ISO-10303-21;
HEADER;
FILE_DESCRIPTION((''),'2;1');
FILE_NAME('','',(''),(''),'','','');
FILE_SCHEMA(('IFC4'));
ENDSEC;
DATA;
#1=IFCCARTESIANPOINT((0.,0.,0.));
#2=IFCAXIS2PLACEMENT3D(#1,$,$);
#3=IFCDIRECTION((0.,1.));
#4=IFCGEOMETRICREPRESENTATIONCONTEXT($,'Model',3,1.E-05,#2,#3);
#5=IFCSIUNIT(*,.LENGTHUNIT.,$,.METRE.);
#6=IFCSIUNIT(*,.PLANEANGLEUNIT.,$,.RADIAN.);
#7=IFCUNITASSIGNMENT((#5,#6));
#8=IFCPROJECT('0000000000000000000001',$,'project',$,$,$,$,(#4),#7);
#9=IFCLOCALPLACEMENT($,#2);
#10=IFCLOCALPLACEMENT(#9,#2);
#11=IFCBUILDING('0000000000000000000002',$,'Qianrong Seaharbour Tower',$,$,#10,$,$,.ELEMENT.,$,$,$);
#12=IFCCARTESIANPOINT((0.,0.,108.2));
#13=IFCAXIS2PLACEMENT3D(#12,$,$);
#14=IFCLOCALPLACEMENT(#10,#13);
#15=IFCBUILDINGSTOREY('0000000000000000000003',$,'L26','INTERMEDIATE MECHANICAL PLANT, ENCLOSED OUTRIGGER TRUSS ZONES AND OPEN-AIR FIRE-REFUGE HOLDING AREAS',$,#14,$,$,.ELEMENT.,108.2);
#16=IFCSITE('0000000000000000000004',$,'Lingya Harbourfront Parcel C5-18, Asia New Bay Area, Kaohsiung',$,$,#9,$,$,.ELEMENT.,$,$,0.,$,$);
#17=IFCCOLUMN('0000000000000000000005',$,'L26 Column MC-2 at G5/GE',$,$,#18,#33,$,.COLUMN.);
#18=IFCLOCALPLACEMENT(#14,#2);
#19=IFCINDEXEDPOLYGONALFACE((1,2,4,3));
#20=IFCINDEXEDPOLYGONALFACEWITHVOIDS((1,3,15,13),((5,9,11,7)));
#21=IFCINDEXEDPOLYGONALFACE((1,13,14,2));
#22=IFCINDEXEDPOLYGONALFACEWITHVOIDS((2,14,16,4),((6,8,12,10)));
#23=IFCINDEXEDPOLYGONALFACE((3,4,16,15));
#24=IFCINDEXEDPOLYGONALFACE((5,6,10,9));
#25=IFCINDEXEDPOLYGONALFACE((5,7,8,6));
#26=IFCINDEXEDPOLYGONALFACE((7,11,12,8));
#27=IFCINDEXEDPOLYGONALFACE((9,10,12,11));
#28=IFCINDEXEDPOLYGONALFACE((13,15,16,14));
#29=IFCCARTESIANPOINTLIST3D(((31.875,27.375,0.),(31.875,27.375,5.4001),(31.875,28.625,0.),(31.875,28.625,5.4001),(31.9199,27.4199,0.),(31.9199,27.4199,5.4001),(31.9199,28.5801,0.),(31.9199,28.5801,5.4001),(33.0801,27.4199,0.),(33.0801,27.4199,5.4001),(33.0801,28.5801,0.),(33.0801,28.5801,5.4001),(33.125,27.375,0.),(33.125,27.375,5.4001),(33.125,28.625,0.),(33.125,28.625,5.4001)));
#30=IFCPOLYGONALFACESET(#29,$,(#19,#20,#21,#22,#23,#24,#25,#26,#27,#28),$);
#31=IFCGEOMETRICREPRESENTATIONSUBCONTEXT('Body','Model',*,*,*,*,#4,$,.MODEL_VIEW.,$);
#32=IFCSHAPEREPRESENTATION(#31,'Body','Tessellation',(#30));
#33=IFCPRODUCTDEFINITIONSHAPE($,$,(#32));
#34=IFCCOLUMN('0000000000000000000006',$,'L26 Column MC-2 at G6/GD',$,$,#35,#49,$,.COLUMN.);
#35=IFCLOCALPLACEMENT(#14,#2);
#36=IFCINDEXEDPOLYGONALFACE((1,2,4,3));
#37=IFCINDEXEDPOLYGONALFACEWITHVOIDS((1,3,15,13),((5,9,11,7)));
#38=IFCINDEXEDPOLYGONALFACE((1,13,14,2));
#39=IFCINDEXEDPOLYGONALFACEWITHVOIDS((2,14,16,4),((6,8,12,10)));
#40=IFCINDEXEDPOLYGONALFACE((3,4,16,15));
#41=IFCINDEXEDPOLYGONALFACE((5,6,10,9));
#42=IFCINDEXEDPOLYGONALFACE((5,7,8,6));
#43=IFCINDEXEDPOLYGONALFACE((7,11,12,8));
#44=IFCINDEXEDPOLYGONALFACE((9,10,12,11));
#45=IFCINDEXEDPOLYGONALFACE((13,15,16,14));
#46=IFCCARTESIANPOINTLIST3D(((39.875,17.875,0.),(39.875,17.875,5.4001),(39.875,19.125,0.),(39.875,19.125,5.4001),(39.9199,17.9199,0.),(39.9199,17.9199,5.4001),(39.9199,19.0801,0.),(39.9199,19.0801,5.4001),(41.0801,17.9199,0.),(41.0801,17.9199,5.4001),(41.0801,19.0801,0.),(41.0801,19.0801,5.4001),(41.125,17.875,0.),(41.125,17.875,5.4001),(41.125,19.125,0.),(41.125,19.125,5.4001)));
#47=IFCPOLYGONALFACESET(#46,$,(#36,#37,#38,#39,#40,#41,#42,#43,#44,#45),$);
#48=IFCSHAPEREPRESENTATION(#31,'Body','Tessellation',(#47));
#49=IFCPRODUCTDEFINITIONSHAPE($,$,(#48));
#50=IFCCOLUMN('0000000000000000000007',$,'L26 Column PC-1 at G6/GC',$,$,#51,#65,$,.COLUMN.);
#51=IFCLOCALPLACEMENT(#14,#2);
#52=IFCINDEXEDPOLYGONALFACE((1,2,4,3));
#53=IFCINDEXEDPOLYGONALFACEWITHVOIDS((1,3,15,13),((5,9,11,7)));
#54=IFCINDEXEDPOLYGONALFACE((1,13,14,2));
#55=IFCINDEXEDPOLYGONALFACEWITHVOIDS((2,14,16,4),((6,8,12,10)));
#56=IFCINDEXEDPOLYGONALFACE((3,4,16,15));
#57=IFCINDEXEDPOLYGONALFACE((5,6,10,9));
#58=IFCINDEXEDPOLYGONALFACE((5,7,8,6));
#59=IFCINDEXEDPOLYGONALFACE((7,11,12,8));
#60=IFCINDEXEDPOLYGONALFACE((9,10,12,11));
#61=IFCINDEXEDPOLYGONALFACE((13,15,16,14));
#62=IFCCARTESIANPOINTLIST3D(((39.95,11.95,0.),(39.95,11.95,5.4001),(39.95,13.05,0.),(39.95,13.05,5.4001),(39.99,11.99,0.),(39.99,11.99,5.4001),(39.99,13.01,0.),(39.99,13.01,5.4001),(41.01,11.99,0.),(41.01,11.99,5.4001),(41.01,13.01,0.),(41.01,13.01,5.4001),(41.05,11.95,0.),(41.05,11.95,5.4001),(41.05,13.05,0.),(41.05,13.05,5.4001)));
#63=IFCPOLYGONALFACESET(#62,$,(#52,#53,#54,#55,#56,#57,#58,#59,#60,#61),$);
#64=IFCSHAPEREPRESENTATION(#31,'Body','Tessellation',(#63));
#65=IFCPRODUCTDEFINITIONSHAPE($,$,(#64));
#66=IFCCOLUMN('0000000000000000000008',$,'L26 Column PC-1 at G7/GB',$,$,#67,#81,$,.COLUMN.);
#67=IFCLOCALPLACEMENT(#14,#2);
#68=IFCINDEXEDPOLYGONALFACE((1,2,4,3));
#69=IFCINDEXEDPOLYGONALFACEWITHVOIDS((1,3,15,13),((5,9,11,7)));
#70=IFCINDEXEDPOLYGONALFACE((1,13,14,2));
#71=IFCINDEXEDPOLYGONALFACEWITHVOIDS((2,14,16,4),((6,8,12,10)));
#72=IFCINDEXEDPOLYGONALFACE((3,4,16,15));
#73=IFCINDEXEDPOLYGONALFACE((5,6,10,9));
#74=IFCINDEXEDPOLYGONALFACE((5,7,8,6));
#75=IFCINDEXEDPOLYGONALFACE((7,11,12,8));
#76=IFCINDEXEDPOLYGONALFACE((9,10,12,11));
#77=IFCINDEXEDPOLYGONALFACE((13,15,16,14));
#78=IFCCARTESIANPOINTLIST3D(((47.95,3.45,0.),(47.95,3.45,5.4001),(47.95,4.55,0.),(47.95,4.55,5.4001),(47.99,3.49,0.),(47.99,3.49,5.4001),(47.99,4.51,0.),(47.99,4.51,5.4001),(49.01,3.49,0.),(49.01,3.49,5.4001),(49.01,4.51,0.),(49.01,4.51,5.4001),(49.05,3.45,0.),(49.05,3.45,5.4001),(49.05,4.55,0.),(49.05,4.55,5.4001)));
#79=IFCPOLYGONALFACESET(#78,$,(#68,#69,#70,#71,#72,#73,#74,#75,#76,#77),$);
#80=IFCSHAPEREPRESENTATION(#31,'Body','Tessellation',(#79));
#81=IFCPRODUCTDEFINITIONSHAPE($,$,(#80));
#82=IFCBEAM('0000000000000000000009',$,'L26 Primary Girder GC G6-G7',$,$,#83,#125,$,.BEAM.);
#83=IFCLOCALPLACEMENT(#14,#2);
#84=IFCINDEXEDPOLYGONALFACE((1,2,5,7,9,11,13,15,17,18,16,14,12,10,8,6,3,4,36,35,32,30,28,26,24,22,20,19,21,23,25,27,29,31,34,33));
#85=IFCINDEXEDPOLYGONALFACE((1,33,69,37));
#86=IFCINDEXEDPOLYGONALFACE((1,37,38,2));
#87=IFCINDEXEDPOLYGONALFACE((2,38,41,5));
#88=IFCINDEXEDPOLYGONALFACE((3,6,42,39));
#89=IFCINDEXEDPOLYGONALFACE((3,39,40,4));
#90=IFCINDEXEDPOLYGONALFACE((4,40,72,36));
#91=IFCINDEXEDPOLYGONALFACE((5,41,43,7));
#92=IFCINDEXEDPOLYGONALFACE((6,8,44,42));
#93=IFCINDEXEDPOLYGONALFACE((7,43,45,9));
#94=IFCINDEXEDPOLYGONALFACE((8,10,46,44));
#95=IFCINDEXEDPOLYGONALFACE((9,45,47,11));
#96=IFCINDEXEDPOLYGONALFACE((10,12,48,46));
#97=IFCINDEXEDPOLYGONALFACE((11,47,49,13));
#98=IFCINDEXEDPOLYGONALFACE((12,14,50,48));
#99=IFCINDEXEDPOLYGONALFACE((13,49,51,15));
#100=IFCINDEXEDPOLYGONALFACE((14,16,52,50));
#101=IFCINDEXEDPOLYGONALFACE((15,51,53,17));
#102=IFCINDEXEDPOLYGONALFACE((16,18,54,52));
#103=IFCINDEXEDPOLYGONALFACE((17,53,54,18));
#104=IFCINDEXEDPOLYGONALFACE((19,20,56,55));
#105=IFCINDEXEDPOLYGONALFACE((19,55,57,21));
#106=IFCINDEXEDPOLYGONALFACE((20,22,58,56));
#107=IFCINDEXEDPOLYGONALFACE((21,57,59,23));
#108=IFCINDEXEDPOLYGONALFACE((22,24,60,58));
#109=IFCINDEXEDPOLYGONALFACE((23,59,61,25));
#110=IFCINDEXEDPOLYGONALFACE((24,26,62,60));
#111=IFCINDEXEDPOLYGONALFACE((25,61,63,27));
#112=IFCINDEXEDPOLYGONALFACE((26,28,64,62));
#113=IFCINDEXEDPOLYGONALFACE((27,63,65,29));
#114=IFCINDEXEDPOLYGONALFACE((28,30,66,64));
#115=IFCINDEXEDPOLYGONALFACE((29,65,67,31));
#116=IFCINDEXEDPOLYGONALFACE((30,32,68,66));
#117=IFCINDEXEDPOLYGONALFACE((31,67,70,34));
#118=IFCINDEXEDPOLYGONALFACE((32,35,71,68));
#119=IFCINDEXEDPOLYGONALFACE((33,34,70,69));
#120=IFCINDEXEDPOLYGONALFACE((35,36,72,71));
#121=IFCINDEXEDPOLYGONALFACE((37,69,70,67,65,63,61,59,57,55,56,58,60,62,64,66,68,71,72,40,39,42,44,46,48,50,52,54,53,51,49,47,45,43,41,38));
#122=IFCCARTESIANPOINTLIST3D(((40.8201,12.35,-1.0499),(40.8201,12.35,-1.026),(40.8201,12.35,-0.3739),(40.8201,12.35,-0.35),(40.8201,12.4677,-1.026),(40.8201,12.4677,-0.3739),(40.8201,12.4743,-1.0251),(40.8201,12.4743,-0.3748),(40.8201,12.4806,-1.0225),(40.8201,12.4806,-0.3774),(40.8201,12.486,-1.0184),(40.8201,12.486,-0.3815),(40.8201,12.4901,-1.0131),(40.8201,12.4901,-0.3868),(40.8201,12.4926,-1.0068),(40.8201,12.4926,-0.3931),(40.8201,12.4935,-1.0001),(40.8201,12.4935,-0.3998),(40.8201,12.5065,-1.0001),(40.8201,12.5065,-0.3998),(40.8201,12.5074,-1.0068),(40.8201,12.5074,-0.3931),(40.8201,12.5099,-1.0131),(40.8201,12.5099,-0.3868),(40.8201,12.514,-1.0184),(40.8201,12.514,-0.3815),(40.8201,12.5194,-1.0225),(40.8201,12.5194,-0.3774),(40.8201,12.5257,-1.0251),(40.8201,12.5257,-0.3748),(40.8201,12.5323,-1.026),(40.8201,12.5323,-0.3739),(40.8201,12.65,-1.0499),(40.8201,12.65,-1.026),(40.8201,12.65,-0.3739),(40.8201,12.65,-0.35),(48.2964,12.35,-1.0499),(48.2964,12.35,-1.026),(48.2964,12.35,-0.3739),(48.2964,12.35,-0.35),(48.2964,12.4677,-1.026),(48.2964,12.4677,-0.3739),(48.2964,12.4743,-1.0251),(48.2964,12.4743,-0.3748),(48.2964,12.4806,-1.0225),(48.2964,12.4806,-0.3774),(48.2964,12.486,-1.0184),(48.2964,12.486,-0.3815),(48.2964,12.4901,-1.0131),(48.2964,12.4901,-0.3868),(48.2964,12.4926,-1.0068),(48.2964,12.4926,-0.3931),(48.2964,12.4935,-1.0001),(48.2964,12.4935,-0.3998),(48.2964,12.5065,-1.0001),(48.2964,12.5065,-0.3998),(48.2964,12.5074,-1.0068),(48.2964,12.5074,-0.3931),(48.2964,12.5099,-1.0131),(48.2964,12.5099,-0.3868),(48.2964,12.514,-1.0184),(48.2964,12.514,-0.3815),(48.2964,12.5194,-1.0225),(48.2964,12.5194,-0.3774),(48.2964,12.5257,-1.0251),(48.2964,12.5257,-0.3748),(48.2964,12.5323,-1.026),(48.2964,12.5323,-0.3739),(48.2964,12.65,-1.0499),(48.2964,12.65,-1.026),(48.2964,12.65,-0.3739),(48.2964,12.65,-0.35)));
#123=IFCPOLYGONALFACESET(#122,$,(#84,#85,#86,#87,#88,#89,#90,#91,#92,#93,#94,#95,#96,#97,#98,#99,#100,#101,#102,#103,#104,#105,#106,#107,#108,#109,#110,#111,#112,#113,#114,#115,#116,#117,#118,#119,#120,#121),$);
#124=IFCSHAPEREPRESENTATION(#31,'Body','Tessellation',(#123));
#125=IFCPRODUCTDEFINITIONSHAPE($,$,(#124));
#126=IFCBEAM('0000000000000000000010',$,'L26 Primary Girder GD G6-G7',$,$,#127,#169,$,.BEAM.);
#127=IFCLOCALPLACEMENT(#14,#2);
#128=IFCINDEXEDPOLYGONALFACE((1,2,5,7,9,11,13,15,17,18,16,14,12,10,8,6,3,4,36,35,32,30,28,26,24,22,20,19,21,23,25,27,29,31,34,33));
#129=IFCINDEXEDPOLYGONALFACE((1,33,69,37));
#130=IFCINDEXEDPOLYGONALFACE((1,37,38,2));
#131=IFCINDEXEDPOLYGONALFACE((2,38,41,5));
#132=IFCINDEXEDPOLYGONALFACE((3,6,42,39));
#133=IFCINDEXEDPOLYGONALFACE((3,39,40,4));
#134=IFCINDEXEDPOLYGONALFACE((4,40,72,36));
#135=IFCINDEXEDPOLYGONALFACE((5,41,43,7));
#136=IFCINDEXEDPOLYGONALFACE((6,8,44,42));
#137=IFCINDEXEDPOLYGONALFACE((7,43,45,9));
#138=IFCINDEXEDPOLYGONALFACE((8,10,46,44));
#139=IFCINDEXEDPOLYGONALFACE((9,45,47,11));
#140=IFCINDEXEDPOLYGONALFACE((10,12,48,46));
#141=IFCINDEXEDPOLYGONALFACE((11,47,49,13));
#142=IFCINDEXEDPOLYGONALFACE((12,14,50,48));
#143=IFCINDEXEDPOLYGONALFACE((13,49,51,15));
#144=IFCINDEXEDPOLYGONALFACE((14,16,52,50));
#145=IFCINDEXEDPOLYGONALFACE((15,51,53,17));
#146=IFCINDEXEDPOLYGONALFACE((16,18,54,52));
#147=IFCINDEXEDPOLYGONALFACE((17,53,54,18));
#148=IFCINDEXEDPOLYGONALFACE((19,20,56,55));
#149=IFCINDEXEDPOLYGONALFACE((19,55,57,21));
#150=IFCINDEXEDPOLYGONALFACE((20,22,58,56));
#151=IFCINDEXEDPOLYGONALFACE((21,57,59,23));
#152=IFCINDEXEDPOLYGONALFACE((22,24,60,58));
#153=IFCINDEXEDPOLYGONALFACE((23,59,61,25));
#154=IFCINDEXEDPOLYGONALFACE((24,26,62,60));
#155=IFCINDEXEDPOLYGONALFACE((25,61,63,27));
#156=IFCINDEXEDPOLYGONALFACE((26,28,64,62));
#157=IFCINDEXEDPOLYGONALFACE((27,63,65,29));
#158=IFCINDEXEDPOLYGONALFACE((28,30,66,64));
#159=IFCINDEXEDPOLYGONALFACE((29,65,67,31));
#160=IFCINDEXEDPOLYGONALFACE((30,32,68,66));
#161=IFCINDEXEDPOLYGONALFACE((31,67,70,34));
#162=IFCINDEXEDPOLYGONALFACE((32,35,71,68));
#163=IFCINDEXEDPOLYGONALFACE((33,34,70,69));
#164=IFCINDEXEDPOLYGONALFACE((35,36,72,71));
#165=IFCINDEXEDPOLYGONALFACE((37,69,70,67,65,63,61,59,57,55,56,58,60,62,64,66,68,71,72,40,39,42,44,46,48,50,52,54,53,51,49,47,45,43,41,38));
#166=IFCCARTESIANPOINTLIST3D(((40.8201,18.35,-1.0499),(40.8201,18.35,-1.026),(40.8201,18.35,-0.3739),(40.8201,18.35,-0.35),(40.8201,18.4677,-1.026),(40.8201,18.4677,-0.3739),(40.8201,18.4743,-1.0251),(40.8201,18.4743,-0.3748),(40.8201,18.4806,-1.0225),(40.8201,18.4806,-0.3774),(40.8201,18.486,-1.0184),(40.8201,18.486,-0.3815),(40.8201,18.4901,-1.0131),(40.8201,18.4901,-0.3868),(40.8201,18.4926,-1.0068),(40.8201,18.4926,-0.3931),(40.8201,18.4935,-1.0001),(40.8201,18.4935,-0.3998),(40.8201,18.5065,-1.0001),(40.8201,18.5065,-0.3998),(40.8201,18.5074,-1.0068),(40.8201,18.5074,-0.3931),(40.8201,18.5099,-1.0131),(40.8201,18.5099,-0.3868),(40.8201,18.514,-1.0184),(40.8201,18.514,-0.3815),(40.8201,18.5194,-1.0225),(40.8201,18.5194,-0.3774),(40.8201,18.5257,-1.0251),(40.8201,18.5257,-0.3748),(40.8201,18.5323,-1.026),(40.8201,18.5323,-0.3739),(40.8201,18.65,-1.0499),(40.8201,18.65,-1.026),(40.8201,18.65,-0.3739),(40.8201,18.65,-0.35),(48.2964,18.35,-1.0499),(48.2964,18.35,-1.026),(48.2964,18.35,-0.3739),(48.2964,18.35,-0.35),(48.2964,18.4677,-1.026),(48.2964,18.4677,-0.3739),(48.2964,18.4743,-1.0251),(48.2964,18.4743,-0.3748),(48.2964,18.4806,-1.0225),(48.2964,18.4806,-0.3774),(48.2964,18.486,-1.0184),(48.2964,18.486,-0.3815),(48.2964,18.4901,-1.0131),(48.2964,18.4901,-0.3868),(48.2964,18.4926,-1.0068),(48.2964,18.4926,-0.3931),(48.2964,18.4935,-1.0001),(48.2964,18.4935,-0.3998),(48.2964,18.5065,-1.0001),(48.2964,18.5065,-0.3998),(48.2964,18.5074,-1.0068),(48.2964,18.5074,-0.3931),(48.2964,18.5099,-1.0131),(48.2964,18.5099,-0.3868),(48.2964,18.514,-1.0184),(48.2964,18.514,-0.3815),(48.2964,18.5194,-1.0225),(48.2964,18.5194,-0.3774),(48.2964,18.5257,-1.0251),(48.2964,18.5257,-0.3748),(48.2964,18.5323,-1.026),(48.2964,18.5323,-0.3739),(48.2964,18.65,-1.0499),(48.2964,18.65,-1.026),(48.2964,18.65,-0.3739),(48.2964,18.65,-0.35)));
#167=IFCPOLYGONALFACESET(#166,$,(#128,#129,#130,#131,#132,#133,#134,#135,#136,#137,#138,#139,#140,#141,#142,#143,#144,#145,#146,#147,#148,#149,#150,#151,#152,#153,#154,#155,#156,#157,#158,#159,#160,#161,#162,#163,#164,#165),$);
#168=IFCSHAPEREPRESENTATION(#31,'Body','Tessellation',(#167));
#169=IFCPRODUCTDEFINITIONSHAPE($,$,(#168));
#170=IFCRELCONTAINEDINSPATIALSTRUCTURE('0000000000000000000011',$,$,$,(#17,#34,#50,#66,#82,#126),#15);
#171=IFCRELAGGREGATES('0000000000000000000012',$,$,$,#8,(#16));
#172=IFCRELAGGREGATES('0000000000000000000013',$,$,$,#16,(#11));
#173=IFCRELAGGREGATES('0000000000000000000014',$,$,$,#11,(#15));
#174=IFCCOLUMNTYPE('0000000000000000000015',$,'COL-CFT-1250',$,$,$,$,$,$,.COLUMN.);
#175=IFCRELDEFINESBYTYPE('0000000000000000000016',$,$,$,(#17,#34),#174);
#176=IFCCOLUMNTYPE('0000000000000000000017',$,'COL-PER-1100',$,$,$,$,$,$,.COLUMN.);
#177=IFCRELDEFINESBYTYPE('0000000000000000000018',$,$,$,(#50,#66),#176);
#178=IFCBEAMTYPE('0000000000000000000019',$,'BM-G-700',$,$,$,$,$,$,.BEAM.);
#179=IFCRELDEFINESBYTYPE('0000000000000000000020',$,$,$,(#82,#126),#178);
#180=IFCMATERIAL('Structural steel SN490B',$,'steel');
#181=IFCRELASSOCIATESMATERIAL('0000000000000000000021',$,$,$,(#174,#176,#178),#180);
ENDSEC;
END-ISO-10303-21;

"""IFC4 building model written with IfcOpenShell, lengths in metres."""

from ifc_helpers import new_model, si_unit, direction, frame, origin, origin_2d, place, context, subcontext, project, spatial, hollow_rectangle, i_section, extrude, material, material_profile, profile_set, type_object, element, save


model = new_model("IFC4")

# Units and contexts
model_context = context("Model", 3, precision=1e-05, world=origin(), true_north=direction((0.0, 1.0)))
body_context = subcontext(model_context, "Body", "Model", "MODEL_VIEW")
ifc_project = project(units=[si_unit("LENGTHUNIT", "METRE"), si_unit("PLANEANGLEUNIT", "RADIAN")], contexts=[model_context])

# Site, building, storey
site_placement = place(None, origin())
site = spatial("IfcSite", under=ifc_project, at=site_placement, Name="Lingya Harbourfront Parcel C5-18, Asia New Bay Area, Kaohsiung", CompositionType="ELEMENT", RefElevation=0.0)
building_placement = place(site_placement, origin())
building = spatial("IfcBuilding", under=site, at=building_placement, Name="Qianrong Seaharbour Tower", CompositionType="ELEMENT")
storey_placement = place(building_placement, frame((0.0, 0.0, 108.2)))
storey = spatial("IfcBuildingStorey", under=building, at=storey_placement, Name="L26", Description="INTERMEDIATE MECHANICAL PLANT, ENCLOSED OUTRIGGER TRUSS ZONES AND OPEN-AIR FIRE-REFUGE HOLDING AREAS", CompositionType="ELEMENT", Elevation=108.2)

# Columns
ifc_material_1 = material(Name="Structural steel SN490B", Category="steel")
ifc_material_profile_1 = material_profile(ifc_material_1, hollow_rectangle(XDim=1.25, YDim=1.25, WallThickness=0.0449, at=origin_2d()), Name="BOX1250x1250x45")
ifc_profile_set_1 = profile_set([ifc_material_profile_1], Name="Structural steel SN490B")
column_type_1 = type_object("IfcColumnType", Name="COL-CFT-1250", PredefinedType="COLUMN", material=ifc_profile_set_1)
for number, where, z_axis, x_axis, name in (
    (1, (32.5, 28.0, 0.0), (0.0, 0.0, 1.0), (1.0, 0.0, 0.0), "L26 Column MC-2 at G5/GE"),
    (2, (40.5, 18.5, 0.0), (0.0, 0.0, 1.0), (1.0, 0.0, 0.0), "L26 Column MC-2 at G6/GD"),
):
    element("IfcColumn", number, at=place(storey_placement, frame(where, z_axis=z_axis, x_axis=x_axis)), inside=storey, type_object=column_type_1, Name=name, PredefinedType="COLUMN", context=body_context, shape_type="SweptSolid", body=[
        extrude(hollow_rectangle(XDim=1.25, YDim=1.25, WallThickness=0.0449, at=origin_2d()), origin(), (0.0, 0.0, 1.0), 5.4001),
    ])
ifc_material_profile_2 = material_profile(ifc_material_1, hollow_rectangle(XDim=1.1001, YDim=1.1001, WallThickness=0.04, at=origin_2d()), Name="BOX1100x1100x40")
ifc_profile_set_2 = profile_set([ifc_material_profile_2], Name="Structural steel SN490B")
column_type_2 = type_object("IfcColumnType", Name="COL-PER-1100", PredefinedType="COLUMN", material=ifc_profile_set_2)
for number, where, z_axis, x_axis, name in (
    (3, (40.5, 12.5, 0.0), (0.0, 0.0, 1.0), (1.0, 0.0, 0.0), "L26 Column PC-1 at G6/GC"),
    (4, (48.5, 4.0, 0.0), (0.0, 0.0, 1.0), (1.0, 0.0, 0.0), "L26 Column PC-1 at G7/GB"),
):
    element("IfcColumn", number, at=place(storey_placement, frame(where, z_axis=z_axis, x_axis=x_axis)), inside=storey, type_object=column_type_2, Name=name, PredefinedType="COLUMN", context=body_context, shape_type="SweptSolid", body=[
        extrude(hollow_rectangle(XDim=1.1001, YDim=1.1001, WallThickness=0.04, at=origin_2d()), origin(), (0.0, 0.0, 1.0), 5.4001),
    ])

# Beams
ifc_material_profile_3 = material_profile(ifc_material_1, i_section(OverallWidth=0.3, OverallDepth=0.7, WebThickness=0.0129, FlangeThickness=0.0239, FilletRadius=0.0259, at=origin_2d()), Name="H700x300x13x24")
ifc_profile_set_3 = profile_set([ifc_material_profile_3], Name="Structural steel SN490B")
beam_type_1 = type_object("IfcBeamType", Name="BM-G-700", PredefinedType="BEAM", material=ifc_profile_set_3)
for number, where, z_axis, x_axis, name in (
    (5, (40.8201, 12.5, -0.7), (1.0, 0.0, 0.0), (0.0, 1.0, 0.0), "L26 Primary Girder GC G6-G7"),
    (6, (40.8201, 18.5, -0.7), (1.0, 0.0, 0.0), (0.0, 1.0, 0.0), "L26 Primary Girder GD G6-G7"),
):
    element("IfcBeam", number, at=place(storey_placement, frame(where, z_axis=z_axis, x_axis=x_axis)), inside=storey, type_object=beam_type_1, Name=name, PredefinedType="BEAM", context=body_context, shape_type="SweptSolid", body=[
        extrude(i_section(OverallWidth=0.3, OverallDepth=0.7, WebThickness=0.0129, FlangeThickness=0.0239, FilletRadius=0.0259, at=origin_2d()), origin(), (0.0, 0.0, 1.0), 7.4763),
    ])

save(model, "model.ifc")
